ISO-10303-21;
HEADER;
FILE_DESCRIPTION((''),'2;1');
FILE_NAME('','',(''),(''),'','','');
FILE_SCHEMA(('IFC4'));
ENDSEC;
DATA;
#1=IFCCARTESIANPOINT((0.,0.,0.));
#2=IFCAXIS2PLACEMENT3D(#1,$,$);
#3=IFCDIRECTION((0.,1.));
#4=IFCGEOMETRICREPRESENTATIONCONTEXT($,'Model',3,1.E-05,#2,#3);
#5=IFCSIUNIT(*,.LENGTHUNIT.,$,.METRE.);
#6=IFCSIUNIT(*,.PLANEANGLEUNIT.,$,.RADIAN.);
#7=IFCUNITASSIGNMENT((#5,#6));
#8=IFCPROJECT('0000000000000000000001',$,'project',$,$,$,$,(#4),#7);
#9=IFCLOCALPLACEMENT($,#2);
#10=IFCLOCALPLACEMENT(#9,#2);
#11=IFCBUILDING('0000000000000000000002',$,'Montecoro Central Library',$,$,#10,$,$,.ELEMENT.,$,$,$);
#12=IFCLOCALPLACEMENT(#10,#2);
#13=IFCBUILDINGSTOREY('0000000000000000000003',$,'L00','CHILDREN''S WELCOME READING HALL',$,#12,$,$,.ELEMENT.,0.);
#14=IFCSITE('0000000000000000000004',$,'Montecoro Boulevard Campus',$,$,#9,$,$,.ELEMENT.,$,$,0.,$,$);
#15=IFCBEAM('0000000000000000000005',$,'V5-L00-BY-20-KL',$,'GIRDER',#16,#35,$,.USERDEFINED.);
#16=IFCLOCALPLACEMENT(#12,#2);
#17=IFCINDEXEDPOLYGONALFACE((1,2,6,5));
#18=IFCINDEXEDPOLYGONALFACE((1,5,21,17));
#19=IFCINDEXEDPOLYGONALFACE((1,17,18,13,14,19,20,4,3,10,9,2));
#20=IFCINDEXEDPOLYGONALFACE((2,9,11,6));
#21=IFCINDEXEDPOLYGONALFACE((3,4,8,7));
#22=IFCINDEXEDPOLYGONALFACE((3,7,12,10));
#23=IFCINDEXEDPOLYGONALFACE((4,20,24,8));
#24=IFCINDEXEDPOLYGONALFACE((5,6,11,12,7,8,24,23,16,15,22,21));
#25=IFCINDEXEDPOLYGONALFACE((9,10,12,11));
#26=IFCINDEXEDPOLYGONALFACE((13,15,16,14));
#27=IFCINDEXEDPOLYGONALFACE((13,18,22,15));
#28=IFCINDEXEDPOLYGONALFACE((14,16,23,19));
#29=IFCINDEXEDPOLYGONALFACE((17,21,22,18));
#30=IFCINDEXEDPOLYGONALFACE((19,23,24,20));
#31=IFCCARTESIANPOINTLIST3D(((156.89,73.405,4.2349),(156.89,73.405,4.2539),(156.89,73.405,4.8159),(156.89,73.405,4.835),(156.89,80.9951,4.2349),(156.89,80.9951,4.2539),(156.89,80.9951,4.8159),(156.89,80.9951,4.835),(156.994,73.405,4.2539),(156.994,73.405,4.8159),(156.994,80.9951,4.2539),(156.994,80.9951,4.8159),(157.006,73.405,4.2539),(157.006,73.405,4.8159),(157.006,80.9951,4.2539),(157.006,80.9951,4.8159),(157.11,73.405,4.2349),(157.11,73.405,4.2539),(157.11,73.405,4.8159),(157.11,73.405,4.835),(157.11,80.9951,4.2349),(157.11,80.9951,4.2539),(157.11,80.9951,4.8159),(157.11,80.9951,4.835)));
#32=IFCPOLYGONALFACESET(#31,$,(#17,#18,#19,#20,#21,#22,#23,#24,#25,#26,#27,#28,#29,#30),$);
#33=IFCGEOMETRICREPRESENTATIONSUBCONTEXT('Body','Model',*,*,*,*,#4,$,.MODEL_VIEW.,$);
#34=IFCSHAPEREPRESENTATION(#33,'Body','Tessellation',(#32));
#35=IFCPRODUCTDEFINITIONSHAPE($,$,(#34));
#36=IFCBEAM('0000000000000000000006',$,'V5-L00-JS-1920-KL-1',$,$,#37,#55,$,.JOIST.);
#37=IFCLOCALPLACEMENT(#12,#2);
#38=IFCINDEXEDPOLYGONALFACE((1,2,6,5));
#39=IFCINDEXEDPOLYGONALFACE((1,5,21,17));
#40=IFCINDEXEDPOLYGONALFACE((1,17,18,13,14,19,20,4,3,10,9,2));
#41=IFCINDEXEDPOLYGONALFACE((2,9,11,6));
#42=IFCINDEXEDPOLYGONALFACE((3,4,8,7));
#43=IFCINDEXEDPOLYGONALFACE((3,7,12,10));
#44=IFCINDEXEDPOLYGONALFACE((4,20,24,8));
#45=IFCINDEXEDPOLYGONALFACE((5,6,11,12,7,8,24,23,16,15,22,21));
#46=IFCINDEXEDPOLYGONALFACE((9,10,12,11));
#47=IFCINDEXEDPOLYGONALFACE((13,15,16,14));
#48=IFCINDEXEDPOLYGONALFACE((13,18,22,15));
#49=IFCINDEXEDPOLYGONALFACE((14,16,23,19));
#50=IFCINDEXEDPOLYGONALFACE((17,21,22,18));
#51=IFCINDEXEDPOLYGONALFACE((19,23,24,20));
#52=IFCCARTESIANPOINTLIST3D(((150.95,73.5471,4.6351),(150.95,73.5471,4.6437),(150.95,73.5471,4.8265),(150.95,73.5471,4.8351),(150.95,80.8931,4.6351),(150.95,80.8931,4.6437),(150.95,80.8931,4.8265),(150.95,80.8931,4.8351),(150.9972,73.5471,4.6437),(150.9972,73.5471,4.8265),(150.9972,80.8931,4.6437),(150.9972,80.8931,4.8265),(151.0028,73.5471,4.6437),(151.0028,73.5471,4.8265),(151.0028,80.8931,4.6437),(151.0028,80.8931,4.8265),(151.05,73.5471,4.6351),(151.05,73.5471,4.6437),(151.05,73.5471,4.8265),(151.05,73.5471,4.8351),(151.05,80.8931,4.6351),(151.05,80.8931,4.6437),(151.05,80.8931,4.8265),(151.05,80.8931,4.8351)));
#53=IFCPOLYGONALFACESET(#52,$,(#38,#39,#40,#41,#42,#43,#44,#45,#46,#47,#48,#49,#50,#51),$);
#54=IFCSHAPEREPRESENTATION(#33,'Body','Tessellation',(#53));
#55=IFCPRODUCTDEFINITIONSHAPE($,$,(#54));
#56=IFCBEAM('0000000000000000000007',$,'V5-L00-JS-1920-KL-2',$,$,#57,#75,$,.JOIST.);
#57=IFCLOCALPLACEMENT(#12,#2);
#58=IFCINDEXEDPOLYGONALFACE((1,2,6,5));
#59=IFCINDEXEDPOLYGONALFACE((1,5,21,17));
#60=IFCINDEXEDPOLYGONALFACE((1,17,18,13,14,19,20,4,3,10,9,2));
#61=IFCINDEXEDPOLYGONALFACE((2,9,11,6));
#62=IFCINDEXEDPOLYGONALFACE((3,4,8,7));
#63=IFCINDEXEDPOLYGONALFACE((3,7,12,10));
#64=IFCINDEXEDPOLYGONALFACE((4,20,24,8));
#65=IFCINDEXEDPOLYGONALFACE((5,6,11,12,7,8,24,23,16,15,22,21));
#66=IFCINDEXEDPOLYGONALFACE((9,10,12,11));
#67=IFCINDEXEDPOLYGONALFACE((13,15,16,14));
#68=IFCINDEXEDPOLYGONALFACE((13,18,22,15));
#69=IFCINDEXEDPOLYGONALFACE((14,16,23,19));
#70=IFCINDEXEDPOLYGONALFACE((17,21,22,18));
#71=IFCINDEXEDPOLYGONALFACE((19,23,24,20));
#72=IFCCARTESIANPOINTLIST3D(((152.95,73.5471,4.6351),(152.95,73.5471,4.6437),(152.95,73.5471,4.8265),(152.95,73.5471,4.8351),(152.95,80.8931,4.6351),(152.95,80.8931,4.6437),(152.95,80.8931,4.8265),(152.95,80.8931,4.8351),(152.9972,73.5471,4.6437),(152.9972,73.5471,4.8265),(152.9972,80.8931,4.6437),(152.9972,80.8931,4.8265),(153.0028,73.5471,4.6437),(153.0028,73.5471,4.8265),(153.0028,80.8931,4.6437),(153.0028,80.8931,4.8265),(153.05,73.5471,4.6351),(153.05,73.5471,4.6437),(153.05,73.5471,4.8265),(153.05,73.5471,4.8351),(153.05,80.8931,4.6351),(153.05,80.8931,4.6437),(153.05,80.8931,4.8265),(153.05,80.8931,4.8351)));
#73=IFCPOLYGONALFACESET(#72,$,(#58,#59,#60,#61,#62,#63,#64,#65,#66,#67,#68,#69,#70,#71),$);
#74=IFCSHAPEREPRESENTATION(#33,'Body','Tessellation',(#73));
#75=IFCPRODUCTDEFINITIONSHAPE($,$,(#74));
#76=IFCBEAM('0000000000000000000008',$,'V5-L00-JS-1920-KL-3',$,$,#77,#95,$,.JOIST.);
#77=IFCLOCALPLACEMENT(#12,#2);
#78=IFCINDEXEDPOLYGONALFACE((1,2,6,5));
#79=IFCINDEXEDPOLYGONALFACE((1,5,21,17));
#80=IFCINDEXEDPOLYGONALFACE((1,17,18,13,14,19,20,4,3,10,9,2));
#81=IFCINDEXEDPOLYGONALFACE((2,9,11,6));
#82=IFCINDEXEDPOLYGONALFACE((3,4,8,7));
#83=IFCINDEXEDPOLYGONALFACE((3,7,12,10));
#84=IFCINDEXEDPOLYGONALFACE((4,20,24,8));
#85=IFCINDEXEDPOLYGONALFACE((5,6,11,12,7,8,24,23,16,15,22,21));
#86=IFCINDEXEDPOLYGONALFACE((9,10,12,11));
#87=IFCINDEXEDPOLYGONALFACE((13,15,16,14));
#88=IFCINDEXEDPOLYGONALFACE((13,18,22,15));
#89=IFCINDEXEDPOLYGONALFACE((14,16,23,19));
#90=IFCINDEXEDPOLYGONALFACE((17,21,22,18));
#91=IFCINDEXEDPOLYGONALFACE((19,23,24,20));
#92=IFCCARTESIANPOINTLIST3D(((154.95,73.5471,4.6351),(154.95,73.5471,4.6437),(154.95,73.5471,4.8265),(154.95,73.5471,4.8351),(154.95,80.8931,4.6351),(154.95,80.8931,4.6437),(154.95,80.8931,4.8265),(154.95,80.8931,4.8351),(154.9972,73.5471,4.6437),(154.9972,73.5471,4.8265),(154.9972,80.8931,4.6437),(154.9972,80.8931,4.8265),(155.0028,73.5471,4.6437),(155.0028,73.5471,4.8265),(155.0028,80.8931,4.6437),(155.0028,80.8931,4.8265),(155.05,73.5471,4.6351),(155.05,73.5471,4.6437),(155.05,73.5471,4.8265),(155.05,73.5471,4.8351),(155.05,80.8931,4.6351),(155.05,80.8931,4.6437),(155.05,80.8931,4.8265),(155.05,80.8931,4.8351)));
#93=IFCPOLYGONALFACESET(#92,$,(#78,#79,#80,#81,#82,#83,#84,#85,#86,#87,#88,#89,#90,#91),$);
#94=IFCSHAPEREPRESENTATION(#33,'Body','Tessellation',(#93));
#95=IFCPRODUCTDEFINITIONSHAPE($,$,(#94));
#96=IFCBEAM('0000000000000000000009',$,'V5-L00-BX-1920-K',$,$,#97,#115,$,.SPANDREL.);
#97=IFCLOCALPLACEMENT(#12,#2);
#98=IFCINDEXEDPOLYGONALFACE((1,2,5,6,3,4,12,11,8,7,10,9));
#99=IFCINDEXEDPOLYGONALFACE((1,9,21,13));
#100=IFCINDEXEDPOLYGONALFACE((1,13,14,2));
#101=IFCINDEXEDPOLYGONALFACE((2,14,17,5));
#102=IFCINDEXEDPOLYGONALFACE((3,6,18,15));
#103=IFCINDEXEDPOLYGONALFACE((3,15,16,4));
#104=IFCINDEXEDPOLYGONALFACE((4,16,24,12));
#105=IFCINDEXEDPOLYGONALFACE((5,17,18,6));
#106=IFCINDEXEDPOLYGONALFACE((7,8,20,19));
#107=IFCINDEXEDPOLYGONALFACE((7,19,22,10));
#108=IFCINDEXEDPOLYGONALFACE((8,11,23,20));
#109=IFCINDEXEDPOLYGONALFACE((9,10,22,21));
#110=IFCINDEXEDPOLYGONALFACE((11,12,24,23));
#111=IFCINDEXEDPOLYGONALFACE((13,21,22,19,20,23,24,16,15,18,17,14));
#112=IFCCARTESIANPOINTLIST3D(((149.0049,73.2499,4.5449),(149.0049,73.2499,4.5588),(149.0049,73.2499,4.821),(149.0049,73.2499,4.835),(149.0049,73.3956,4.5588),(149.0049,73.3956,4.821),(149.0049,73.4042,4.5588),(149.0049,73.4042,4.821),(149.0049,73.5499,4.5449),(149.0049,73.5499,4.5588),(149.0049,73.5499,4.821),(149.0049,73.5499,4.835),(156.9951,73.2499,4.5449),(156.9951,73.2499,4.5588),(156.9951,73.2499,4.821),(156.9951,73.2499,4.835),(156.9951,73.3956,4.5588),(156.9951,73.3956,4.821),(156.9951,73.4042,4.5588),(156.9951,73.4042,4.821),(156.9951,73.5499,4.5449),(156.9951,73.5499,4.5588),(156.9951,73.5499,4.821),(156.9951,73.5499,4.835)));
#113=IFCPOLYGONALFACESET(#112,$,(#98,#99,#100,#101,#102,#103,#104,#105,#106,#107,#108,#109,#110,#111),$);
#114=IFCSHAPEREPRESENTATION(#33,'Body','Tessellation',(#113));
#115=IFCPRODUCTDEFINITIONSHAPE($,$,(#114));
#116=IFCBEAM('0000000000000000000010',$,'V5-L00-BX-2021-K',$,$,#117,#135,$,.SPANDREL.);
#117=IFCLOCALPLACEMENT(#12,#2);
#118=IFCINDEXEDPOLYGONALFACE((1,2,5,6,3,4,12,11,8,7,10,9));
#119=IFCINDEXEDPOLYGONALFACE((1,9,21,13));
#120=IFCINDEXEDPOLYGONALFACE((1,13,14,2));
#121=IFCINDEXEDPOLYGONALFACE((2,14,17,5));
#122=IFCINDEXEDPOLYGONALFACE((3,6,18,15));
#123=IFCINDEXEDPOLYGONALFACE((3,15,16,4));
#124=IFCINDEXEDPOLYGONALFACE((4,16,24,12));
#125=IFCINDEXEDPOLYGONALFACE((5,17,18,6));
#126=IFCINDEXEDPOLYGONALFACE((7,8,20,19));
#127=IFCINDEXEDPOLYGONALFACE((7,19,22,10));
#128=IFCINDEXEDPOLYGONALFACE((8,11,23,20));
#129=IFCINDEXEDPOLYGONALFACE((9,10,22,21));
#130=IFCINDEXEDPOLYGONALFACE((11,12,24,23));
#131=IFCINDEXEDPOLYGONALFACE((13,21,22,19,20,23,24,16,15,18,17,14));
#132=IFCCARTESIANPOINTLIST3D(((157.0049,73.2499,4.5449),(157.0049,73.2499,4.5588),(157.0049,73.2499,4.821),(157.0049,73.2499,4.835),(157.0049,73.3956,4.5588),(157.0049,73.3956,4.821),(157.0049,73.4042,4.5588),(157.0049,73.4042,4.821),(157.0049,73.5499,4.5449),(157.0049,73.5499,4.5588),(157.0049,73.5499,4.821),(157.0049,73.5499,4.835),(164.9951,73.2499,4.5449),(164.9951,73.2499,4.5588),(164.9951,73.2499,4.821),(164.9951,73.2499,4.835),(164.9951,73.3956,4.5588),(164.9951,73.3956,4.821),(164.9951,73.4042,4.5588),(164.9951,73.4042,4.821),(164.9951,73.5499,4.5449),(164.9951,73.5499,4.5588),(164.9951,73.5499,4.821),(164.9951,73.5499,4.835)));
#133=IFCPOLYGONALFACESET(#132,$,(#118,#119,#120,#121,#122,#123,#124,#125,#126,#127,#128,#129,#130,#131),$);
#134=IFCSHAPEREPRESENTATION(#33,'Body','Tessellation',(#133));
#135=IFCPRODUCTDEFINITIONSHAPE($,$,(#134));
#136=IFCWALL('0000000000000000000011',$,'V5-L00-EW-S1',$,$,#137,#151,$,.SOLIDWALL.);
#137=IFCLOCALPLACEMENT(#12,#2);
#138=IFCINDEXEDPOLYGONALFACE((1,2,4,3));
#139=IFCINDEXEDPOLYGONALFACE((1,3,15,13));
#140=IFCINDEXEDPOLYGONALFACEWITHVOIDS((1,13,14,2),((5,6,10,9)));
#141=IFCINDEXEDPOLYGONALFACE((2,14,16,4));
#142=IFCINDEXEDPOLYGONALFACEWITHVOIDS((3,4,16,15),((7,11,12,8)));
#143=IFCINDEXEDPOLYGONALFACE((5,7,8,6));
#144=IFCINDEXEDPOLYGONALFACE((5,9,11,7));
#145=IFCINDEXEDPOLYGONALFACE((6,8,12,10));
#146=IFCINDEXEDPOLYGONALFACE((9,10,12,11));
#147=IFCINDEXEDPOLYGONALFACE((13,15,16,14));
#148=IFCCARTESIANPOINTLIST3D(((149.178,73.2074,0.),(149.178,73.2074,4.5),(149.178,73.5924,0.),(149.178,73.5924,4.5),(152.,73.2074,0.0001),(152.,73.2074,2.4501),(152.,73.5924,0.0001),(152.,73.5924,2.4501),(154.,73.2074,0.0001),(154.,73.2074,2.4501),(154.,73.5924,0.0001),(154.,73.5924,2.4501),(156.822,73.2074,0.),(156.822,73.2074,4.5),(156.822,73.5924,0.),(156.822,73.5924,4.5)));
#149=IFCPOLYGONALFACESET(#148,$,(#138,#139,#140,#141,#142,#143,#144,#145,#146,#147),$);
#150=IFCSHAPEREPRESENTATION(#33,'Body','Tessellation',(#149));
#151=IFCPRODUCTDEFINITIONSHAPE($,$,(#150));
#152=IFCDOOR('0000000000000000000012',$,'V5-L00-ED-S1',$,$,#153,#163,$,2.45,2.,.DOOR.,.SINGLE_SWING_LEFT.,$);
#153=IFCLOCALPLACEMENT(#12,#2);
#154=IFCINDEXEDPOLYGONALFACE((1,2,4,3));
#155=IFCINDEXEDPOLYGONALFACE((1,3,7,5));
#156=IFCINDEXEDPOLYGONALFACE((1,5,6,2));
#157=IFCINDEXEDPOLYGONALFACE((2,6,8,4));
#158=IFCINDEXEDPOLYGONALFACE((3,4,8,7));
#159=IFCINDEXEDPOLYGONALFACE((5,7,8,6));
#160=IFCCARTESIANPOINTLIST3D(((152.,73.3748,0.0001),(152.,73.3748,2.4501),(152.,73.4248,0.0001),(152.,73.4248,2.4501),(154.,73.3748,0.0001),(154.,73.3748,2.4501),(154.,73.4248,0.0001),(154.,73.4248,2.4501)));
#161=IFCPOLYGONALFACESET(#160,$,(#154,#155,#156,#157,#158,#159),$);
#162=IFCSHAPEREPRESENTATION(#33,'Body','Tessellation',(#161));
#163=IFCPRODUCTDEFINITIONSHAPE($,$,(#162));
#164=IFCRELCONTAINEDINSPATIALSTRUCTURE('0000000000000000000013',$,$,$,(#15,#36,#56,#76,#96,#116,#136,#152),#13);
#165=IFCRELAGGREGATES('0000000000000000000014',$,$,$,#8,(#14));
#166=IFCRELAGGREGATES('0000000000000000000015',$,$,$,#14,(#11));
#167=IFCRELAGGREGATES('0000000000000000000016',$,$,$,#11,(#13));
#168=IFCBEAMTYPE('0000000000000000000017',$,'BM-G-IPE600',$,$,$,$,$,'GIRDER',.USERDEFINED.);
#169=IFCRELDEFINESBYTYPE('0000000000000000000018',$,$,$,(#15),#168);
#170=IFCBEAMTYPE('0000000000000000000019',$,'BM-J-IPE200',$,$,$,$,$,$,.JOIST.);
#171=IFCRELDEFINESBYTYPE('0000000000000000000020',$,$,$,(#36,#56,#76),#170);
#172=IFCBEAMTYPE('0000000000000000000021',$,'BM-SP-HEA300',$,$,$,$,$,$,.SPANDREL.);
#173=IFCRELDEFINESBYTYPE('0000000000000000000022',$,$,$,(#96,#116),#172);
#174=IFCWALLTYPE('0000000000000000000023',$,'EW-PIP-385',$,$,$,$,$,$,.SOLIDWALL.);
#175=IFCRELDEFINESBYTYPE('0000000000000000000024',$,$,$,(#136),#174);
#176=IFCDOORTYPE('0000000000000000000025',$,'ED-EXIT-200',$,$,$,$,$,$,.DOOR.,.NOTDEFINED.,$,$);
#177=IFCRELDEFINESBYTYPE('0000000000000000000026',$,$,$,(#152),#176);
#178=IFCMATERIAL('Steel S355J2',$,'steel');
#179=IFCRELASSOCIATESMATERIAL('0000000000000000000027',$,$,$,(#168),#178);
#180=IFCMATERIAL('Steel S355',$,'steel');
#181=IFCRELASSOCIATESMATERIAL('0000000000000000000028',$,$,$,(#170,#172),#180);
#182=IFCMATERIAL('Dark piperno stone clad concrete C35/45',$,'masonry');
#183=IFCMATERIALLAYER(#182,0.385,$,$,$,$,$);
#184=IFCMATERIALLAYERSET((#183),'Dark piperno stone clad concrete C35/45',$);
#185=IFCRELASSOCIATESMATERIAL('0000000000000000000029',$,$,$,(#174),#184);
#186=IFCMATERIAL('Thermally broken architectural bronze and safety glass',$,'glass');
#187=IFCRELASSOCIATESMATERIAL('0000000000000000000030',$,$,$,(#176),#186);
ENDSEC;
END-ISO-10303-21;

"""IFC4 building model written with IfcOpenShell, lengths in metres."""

from ifc_helpers import new_model, si_unit, direction, frame, frame_2d, origin, origin_2d, place, context, subcontext, project, spatial, rectangle, i_section, extrude, material, layer, layer_set, material_profile, profile_set, type_object, element, fill, save


model = new_model("IFC4")

# Units and contexts
model_context = context("Model", 3, precision=1e-05, world=origin(), true_north=direction((0.0, 1.0)))
body_context = subcontext(model_context, "Body", "Model", "MODEL_VIEW")
ifc_project = project(units=[si_unit("LENGTHUNIT", "METRE"), si_unit("PLANEANGLEUNIT", "RADIAN")], contexts=[model_context])

# Site, building, storey
site_placement = place(None, origin())
site = spatial("IfcSite", under=ifc_project, at=site_placement, Name="Montecoro Boulevard Campus", CompositionType="ELEMENT", RefElevation=0.0)
building_placement = place(site_placement, origin())
building = spatial("IfcBuilding", under=site, at=building_placement, Name="Montecoro Central Library", CompositionType="ELEMENT")
storey_placement = place(building_placement, origin())
storey = spatial("IfcBuildingStorey", under=building, at=storey_placement, Name="L00", Description="CHILDREN'S WELCOME READING HALL", CompositionType="ELEMENT", Elevation=0.0)

# Shared definitions
ifc_material_1 = material(Name="Steel S355", Category="steel")
ifc_material_2 = material(Name="Steel S355J2", Category="steel")

# Beams
ifc_material_profile_1 = material_profile(ifc_material_2, i_section(OverallWidth=0.22, OverallDepth=0.6001, WebThickness=0.012, FlangeThickness=0.019, at=origin_2d()), Name="IPE 600")
ifc_profile_set_1 = profile_set([ifc_material_profile_1], Name="Steel S355J2")
beam_type_1 = type_object("IfcBeamType", Name="BM-G-IPE600", ElementType="GIRDER", PredefinedType="USERDEFINED", material=ifc_profile_set_1)
beam_placement = place(storey_placement, frame((157.0, 73.405, 4.5349), z_axis=(0.0, 1.0, 0.0), x_axis=(-1.0, 0.0, 0.0)))
element("IfcBeam", 1, at=beam_placement, inside=storey, type_object=beam_type_1, Name="V5-L00-BY-20-KL", ObjectType="GIRDER", PredefinedType="USERDEFINED", context=body_context, shape_type="SweptSolid", body=[
    extrude(i_section(OverallWidth=0.22, OverallDepth=0.6001, WebThickness=0.012, FlangeThickness=0.019, at=origin_2d()), origin(), (0.0, 0.0, 1.0), 7.5901),
])
ifc_material_profile_2 = material_profile(ifc_material_1, i_section(OverallWidth=0.1001, OverallDepth=0.2, WebThickness=0.0056, FlangeThickness=0.0085, at=origin_2d()), Name="IPE 200")
ifc_profile_set_2 = profile_set([ifc_material_profile_2], Name="Steel S355")
beam_type_2 = type_object("IfcBeamType", Name="BM-J-IPE200", PredefinedType="JOIST", material=ifc_profile_set_2)
for number, where, z_axis, x_axis, name in (
    (2, (151.0, 73.5471, 4.7351), (0.0, 1.0, 0.0), (-1.0, 0.0, 0.0), "V5-L00-JS-1920-KL-1"),
    (3, (153.0, 73.5471, 4.7351), (0.0, 1.0, 0.0), (-1.0, 0.0, 0.0), "V5-L00-JS-1920-KL-2"),
    (4, (155.0, 73.5471, 4.7351), (0.0, 1.0, 0.0), (-1.0, 0.0, 0.0), "V5-L00-JS-1920-KL-3"),
):
    element("IfcBeam", number, at=place(storey_placement, frame(where, z_axis=z_axis, x_axis=x_axis)), inside=storey, type_object=beam_type_2, Name=name, PredefinedType="JOIST", context=body_context, shape_type="SweptSolid", body=[
        extrude(i_section(OverallWidth=0.1001, OverallDepth=0.2, WebThickness=0.0056, FlangeThickness=0.0085, at=origin_2d()), origin(), (0.0, 0.0, 1.0), 7.3459),
    ])
ifc_material_profile_3 = material_profile(ifc_material_1, i_section(OverallWidth=0.3, OverallDepth=0.29, WebThickness=0.0085, FlangeThickness=0.0139, at=origin_2d()), Name="HEA 300")
ifc_profile_set_3 = profile_set([ifc_material_profile_3], Name="Steel S355")
beam_type_3 = type_object("IfcBeamType", Name="BM-SP-HEA300", PredefinedType="SPANDREL", material=ifc_profile_set_3)
for number, where, z_axis, x_axis, name in (
    (5, (149.0049, 73.3999, 4.6899), (1.0, 0.0, 0.0), (0.0, 1.0, 0.0), "V5-L00-BX-1920-K"),
    (6, (157.0049, 73.3999, 4.6899), (1.0, 0.0, 0.0), (0.0, 1.0, 0.0), "V5-L00-BX-2021-K"),
):
    element("IfcBeam", number, at=place(storey_placement, frame(where, z_axis=z_axis, x_axis=x_axis)), inside=storey, type_object=beam_type_3, Name=name, PredefinedType="SPANDREL", context=body_context, shape_type="SweptSolid", body=[
        extrude(i_section(OverallWidth=0.3, OverallDepth=0.29, WebThickness=0.0085, FlangeThickness=0.0139, at=origin_2d()), origin(), (0.0, 0.0, 1.0), 7.9902),
    ])

# Wall, opening, door
ifc_material_3 = material(Name="Dark piperno stone clad concrete C35/45", Category="masonry")
ifc_layer = layer(ifc_material_3, 0.385)
ifc_layer_set = layer_set([ifc_layer], Name="Dark piperno stone clad concrete C35/45")
wall_type = type_object("IfcWallType", Name="EW-PIP-385", PredefinedType="SOLIDWALL", material=ifc_layer_set)
wall_1_placement = place(storey_placement, frame((149.178, 73.3999, 0.0), z_axis=(0.0, 0.0, 1.0), x_axis=(1.0, 0.0, 0.0)))
wall_1 = element("IfcWall", 7, at=wall_1_placement, inside=storey, type_object=wall_type, Name="V5-L00-EW-S1", PredefinedType="SOLIDWALL", context=body_context, shape_type="SweptSolid", body=[
    extrude(rectangle(XDim=7.644, YDim=0.385, at=frame_2d((3.822, 0.0))), origin(), (0.0, 0.0, 1.0), 4.5),
])
opening_1_placement = place(wall_1_placement, frame((2.822, 0.0, 0.0)))
opening_1 = element("IfcOpeningElement", 8, at=opening_1_placement, cuts=wall_1, PredefinedType="OPENING", context=body_context, shape_type="SweptSolid", body=[
    extrude(rectangle(XDim=2.0, YDim=2.45, at=frame_2d((1.0, 1.2251))), frame((0.0, 0.2024, 0.0), z_axis=(0.0, -1.0, 0.0), x_axis=(1.0, 0.0, 0.0)), (0.0, 0.0, 1.0), 0.405),
])
ifc_material_4 = material(Name="Thermally broken architectural bronze and safety glass", Category="glass")
door_type_1 = type_object("IfcDoorType", Name="ED-EXIT-200", OperationType="NOTDEFINED", PredefinedType="DOOR", material=ifc_material_4)
door_1_placement = place(opening_1_placement, origin())
door_1 = element("IfcDoor", 9, at=door_1_placement, inside=storey, type_object=door_type_1, Name="V5-L00-ED-S1", OperationType="SINGLE_SWING_LEFT", OverallHeight=2.45, OverallWidth=2.0, PredefinedType="DOOR", context=body_context, shape_type="SweptSolid", body=[
    extrude(rectangle(XDim=2.0, YDim=2.45, at=frame_2d((1.0, 1.2251))), frame((0.0, 0.0249, 0.0), z_axis=(0.0, -1.0, 0.0), x_axis=(1.0, 0.0, 0.0)), (0.0, 0.0, 1.0), 0.05),
])
fill(opening_1, door_1)

save(model, "model.ifc")
